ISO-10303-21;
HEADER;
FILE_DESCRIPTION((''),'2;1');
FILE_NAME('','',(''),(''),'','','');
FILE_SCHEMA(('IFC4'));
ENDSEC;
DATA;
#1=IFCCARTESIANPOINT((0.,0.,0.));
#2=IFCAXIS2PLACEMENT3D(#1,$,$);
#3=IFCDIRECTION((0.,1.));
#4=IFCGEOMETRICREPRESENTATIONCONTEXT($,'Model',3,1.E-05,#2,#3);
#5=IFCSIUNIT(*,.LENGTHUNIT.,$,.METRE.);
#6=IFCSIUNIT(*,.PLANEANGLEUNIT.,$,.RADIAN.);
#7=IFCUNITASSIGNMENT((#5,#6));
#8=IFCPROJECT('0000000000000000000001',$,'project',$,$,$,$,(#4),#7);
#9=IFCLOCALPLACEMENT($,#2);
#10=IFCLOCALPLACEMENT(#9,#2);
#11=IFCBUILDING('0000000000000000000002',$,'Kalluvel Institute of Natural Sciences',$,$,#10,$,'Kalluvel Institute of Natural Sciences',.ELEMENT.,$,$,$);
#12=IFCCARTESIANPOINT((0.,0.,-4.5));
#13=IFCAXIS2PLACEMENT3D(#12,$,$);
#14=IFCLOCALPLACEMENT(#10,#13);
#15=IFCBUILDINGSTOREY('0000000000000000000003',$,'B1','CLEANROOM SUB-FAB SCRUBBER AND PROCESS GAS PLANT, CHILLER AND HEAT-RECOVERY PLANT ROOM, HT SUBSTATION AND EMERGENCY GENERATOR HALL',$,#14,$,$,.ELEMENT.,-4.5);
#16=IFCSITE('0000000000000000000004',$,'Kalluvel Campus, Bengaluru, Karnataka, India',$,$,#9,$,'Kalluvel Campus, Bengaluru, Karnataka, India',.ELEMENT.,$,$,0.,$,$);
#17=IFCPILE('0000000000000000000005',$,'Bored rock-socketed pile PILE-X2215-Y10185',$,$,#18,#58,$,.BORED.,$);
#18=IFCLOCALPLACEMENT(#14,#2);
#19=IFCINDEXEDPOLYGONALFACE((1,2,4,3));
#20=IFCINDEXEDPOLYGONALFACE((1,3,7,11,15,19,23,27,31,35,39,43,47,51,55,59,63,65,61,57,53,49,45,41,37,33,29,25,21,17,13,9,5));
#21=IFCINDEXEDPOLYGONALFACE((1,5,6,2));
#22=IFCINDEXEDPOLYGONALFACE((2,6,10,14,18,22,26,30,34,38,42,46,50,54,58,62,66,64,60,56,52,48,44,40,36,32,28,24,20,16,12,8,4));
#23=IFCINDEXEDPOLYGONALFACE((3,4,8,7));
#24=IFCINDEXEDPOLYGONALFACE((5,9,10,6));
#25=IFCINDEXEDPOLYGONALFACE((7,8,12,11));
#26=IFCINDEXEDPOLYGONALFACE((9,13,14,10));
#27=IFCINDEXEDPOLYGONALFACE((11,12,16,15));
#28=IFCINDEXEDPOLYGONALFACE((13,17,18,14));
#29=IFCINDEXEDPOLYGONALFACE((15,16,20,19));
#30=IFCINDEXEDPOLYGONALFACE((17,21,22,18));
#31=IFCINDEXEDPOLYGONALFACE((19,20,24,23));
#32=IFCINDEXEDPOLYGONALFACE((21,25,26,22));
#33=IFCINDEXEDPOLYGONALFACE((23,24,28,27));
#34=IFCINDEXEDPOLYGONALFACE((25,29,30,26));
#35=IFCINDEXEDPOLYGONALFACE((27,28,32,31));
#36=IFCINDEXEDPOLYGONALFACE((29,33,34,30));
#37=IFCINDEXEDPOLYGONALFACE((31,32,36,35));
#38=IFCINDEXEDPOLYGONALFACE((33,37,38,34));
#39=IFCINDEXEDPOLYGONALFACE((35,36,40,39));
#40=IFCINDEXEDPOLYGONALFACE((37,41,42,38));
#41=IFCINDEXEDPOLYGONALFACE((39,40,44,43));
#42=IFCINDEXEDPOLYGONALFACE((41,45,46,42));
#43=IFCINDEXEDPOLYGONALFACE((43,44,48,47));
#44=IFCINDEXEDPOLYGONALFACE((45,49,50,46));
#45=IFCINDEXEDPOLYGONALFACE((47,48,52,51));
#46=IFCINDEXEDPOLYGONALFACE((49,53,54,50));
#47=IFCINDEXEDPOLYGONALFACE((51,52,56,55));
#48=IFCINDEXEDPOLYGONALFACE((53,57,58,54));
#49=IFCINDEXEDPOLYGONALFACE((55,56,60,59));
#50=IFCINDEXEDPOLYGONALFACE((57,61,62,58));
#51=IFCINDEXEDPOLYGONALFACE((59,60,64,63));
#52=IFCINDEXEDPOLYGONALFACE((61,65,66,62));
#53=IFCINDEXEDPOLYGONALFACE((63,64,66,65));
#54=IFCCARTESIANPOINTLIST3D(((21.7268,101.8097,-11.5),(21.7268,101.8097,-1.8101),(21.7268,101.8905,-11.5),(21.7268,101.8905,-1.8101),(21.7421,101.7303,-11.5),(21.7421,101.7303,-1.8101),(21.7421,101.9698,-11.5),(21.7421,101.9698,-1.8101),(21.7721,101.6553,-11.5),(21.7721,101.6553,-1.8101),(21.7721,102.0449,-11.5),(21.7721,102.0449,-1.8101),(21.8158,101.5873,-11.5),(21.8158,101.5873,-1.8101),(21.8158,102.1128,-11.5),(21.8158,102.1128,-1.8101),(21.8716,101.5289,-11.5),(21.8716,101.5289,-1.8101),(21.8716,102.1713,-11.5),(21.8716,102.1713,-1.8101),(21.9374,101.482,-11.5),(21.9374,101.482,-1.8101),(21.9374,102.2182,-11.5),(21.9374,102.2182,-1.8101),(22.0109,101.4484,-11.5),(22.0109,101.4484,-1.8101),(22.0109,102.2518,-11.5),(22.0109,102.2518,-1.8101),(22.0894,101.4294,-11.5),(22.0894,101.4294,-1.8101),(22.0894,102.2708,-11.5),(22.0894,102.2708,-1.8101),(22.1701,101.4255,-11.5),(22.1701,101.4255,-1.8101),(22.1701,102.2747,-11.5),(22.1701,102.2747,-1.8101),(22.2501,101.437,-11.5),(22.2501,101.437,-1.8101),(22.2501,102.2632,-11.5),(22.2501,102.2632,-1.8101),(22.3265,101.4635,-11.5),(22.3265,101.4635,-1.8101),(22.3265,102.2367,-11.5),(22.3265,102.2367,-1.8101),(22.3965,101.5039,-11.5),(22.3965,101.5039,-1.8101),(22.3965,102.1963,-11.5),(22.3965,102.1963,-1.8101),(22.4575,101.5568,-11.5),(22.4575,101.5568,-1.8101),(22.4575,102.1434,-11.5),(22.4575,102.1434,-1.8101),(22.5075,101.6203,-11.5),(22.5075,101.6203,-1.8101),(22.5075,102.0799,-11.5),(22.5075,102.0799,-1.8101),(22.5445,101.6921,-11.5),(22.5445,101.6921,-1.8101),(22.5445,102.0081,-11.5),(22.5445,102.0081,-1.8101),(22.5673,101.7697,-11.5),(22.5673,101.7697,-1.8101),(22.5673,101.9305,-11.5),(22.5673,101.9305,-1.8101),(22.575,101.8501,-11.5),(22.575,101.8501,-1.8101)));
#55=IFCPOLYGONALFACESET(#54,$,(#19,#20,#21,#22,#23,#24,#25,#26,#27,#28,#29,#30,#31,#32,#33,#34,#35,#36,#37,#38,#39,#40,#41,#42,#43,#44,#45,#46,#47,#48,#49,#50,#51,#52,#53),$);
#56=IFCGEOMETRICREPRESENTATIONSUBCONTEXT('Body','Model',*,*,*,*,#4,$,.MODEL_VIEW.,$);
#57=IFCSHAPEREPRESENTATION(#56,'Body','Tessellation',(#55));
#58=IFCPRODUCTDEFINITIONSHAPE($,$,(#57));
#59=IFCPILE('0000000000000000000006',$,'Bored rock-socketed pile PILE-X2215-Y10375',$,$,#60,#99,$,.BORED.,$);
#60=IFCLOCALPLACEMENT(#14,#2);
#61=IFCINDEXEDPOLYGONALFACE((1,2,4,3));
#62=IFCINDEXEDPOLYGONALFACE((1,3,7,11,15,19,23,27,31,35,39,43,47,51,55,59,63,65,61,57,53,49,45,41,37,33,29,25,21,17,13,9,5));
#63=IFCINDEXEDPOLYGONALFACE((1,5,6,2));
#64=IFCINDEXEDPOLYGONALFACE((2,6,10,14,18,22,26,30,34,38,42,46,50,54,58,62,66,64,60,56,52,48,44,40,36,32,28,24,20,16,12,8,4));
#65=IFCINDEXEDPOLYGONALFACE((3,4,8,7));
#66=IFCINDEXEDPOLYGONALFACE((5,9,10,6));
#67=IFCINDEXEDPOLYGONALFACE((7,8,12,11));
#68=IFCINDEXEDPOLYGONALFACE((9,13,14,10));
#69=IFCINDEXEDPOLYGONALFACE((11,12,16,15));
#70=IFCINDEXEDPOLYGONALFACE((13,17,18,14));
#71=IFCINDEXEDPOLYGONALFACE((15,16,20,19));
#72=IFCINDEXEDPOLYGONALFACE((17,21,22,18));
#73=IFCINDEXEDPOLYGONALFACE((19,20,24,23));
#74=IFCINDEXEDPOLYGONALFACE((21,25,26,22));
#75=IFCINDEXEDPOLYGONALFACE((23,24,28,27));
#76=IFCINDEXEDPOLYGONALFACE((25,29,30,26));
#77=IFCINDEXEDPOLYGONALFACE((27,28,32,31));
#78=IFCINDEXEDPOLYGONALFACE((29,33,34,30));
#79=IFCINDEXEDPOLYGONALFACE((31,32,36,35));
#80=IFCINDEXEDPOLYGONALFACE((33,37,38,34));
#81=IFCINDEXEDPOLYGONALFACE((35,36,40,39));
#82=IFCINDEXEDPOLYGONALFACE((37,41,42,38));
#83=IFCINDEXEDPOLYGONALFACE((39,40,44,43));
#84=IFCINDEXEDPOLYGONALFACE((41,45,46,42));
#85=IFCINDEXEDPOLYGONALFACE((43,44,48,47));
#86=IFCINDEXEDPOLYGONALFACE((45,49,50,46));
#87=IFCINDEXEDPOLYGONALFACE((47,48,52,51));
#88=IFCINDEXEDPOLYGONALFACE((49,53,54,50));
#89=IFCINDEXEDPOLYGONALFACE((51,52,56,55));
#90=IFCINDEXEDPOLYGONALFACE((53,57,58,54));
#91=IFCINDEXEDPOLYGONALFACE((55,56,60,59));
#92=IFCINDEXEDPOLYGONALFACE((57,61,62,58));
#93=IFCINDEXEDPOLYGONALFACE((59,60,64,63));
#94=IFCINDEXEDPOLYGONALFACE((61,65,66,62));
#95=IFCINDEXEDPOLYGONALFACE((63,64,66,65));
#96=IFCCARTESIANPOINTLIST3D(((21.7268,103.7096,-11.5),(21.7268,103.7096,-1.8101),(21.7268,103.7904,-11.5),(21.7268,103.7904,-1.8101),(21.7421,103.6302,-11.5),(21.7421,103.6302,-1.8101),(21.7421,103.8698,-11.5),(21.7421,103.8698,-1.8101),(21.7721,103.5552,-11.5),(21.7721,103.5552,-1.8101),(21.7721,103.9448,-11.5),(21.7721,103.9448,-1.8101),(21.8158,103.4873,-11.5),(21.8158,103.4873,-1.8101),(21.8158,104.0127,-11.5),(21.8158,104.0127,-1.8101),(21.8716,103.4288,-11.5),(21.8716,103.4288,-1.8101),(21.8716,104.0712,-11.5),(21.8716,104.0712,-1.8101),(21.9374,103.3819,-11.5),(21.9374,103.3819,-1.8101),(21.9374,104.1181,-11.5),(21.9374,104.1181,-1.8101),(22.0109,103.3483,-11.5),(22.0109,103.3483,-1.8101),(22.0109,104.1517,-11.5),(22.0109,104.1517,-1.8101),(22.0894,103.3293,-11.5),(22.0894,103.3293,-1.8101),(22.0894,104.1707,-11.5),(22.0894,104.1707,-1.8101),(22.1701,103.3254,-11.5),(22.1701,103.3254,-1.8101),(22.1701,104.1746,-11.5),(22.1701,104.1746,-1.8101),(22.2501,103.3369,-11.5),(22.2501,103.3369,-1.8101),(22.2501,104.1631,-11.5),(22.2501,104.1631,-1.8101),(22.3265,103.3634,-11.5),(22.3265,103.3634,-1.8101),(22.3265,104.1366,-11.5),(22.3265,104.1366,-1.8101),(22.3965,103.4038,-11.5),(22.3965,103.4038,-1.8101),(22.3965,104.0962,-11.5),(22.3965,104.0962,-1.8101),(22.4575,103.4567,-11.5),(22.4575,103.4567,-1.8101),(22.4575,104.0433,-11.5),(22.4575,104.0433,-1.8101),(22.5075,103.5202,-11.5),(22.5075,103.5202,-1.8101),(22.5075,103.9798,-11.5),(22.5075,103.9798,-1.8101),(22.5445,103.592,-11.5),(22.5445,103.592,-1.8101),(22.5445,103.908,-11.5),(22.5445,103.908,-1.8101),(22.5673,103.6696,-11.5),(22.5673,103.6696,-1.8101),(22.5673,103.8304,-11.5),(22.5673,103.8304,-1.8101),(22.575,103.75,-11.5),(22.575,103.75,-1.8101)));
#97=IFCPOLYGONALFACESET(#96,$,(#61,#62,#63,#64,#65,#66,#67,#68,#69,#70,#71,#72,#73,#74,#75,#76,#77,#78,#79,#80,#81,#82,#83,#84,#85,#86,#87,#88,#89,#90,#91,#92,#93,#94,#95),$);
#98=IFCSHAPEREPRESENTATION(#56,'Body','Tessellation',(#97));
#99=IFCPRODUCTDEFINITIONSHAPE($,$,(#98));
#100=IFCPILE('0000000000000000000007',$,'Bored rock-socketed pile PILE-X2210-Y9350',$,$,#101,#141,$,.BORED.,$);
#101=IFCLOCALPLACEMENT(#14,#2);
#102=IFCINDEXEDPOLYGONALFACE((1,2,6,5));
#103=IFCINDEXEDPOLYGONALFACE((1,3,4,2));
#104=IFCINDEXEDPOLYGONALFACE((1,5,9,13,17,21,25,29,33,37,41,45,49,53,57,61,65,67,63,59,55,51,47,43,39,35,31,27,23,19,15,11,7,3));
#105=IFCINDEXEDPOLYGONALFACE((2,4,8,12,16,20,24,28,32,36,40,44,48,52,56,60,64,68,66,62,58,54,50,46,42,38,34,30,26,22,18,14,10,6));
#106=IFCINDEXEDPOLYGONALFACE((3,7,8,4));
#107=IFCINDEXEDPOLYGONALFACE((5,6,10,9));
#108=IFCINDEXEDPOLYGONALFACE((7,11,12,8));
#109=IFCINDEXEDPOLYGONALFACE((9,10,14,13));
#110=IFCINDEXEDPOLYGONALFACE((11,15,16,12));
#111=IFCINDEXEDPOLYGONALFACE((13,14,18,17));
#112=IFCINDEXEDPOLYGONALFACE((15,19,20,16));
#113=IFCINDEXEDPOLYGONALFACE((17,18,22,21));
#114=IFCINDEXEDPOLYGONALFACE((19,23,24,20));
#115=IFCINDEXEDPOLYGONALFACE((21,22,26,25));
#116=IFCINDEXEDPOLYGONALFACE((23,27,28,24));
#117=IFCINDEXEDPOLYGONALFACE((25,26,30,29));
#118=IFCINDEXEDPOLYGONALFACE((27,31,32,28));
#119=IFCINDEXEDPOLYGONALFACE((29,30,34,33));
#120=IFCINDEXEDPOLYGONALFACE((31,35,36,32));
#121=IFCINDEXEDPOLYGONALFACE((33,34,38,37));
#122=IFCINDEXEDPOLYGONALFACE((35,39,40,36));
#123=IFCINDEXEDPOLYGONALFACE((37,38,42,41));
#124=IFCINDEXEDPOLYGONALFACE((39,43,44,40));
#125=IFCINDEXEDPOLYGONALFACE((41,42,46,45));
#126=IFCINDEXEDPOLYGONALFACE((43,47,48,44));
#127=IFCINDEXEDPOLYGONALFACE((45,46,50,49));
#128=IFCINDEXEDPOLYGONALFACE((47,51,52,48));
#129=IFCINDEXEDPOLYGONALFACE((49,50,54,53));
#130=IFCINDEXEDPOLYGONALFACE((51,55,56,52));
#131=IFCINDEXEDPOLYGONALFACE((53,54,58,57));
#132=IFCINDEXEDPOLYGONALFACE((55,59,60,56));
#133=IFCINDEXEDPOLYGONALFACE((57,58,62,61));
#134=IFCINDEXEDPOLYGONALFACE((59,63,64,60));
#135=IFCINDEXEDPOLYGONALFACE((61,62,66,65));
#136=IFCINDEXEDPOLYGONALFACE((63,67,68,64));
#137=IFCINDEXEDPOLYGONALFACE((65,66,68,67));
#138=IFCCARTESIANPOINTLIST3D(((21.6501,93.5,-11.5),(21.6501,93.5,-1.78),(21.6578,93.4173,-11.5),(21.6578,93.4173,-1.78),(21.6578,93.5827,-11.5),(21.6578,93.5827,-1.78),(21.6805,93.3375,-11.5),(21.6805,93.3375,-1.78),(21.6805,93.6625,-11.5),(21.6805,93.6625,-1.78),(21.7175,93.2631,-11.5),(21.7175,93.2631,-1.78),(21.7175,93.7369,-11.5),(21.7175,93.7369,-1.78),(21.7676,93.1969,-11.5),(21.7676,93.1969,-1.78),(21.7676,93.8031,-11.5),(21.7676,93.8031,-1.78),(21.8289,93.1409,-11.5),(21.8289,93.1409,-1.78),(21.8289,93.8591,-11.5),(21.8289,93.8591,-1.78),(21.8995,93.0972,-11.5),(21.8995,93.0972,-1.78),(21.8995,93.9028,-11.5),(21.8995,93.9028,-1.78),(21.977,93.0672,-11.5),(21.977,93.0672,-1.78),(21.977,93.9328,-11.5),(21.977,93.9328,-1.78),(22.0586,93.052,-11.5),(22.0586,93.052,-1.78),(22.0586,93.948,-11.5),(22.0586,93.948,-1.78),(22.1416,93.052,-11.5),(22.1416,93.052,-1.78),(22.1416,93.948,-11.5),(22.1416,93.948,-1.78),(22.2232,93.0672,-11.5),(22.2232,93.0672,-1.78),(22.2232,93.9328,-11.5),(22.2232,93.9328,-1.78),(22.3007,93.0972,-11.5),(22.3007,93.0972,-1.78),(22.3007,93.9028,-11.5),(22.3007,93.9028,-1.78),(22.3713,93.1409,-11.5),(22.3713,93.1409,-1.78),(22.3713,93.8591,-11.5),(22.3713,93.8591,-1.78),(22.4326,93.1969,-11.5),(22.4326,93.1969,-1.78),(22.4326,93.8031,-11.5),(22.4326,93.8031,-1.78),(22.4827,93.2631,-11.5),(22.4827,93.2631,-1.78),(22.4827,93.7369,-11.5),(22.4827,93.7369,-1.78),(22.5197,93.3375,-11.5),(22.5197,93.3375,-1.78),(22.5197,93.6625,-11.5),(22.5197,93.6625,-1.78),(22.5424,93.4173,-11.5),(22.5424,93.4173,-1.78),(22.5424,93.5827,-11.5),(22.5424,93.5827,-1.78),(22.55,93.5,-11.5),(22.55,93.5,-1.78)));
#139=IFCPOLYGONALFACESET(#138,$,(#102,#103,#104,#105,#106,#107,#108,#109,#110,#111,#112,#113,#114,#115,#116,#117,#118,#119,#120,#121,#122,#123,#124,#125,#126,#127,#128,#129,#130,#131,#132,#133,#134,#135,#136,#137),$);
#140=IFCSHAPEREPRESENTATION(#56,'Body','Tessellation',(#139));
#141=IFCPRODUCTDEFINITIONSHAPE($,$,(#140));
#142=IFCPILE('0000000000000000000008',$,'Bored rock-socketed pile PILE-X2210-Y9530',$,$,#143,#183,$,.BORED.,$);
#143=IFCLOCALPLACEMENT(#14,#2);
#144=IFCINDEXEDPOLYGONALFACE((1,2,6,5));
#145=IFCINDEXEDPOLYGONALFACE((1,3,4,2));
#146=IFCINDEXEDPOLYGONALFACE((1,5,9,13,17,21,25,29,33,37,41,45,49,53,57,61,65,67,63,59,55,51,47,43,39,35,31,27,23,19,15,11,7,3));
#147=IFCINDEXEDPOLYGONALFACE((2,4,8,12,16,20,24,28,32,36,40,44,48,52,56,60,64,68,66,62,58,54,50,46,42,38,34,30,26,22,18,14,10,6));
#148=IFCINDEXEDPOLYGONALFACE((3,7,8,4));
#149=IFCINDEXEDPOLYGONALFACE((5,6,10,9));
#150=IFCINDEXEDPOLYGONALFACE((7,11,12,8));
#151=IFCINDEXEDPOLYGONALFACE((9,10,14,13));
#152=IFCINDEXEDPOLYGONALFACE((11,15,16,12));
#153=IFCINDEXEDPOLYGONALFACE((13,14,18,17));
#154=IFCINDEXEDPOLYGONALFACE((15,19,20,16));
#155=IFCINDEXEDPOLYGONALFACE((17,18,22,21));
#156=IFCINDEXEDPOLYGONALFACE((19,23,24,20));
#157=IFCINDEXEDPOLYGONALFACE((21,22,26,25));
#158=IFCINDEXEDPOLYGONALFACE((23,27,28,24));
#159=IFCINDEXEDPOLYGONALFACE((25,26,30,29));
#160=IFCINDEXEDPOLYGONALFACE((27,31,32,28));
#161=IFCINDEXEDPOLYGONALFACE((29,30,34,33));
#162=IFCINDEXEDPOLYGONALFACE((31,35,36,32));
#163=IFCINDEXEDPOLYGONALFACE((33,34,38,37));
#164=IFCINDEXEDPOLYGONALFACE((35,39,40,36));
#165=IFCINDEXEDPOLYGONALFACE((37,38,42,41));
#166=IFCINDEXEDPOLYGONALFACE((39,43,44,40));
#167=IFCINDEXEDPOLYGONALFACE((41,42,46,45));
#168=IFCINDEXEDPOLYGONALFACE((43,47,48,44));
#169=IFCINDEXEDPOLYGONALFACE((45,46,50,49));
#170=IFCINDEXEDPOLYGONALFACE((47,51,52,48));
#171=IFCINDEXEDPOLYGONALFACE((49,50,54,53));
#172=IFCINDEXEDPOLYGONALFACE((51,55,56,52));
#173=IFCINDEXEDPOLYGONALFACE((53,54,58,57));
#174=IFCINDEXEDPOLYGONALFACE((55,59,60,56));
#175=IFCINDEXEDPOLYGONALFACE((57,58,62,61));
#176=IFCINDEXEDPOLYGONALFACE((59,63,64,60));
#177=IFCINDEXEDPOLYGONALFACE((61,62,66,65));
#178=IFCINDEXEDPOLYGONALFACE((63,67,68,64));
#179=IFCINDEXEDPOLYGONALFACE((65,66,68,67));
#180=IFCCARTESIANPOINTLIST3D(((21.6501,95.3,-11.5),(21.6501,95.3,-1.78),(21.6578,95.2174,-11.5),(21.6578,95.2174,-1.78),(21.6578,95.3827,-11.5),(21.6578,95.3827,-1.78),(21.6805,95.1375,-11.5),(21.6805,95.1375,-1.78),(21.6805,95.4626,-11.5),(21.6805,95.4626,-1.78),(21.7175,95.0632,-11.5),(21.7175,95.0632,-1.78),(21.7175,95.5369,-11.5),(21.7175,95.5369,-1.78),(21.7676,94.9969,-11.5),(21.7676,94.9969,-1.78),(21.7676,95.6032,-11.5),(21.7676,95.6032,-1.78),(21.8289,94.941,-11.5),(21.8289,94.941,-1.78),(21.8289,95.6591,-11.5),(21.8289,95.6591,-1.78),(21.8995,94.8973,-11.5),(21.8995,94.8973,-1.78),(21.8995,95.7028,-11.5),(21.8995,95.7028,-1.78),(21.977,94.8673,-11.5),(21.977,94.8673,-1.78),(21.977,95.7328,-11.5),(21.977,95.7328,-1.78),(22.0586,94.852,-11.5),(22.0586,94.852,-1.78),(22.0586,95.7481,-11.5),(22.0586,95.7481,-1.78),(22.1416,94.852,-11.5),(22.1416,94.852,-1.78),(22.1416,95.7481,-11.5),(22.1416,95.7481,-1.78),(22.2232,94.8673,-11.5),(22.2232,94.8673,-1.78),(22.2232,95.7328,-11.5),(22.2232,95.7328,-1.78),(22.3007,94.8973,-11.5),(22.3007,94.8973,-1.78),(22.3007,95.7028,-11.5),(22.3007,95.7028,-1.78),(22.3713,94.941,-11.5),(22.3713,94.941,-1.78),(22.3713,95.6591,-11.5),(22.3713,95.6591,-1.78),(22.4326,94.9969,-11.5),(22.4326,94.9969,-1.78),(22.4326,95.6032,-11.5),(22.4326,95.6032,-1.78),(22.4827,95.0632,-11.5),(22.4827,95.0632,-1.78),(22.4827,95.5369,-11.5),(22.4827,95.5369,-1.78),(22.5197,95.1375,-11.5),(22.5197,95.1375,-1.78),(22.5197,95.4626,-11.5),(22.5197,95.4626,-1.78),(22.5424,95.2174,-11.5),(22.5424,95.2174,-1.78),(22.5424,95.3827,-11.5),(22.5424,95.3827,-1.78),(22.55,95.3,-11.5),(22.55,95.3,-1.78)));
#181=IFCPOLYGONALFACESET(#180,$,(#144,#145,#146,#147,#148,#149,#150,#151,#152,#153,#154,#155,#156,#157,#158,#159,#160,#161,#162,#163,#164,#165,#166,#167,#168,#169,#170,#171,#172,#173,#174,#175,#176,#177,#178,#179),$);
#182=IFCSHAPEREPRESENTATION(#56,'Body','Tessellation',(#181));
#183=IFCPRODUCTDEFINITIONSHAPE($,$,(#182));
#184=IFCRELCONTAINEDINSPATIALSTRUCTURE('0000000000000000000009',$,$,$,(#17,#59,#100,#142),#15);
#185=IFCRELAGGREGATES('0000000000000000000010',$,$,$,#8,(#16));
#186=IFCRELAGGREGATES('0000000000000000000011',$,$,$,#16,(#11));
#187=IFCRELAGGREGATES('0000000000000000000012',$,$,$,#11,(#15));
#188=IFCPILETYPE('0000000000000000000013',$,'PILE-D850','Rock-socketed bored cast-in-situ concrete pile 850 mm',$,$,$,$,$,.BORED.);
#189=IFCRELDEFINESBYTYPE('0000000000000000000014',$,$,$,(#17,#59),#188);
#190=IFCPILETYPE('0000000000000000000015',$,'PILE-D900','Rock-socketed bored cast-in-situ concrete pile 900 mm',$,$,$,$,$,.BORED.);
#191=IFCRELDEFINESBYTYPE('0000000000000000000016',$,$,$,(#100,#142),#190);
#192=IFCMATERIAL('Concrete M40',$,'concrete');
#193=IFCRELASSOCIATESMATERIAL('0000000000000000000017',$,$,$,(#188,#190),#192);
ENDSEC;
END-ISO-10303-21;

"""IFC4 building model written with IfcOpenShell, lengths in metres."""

from ifc_helpers import new_model, si_unit, direction, frame, origin, origin_2d, place, context, subcontext, project, spatial, circle, extrude, material, material_profile, profile_set, type_object, element, save


model = new_model("IFC4")

# Units and contexts
model_context = context("Model", 3, precision=1e-05, world=origin(), true_north=direction((0.0, 1.0)))
body_context = subcontext(model_context, "Body", "Model", "MODEL_VIEW")
ifc_project = project(units=[si_unit("LENGTHUNIT", "METRE"), si_unit("PLANEANGLEUNIT", "RADIAN")], contexts=[model_context])

# Site, building, storey
site_placement = place(None, origin())
site = spatial("IfcSite", under=ifc_project, at=site_placement, Name="Kalluvel Campus, Bengaluru, Karnataka, India", LongName="Kalluvel Campus, Bengaluru, Karnataka, India", CompositionType="ELEMENT", RefElevation=0.0)
building_placement = place(site_placement, origin())
building = spatial("IfcBuilding", under=site, at=building_placement, Name="Kalluvel Institute of Natural Sciences", LongName="Kalluvel Institute of Natural Sciences", CompositionType="ELEMENT")
storey_placement = place(building_placement, frame((0.0, 0.0, -4.5)))
storey = spatial("IfcBuildingStorey", under=building, at=storey_placement, Name="B1", Description="CLEANROOM SUB-FAB SCRUBBER AND PROCESS GAS PLANT, CHILLER AND HEAT-RECOVERY PLANT ROOM, HT SUBSTATION AND EMERGENCY GENERATOR HALL", CompositionType="ELEMENT", Elevation=-4.5)

# Shared definitions
ifc_material_1 = material(Name="Concrete M40", Category="concrete")

# Piles
ifc_material_profile_1 = material_profile(ifc_material_1, circle(Radius=0.425, at=origin_2d()), Name="PILE D850")
ifc_profile_set_1 = profile_set([ifc_material_profile_1], Name="Concrete M40")
pile_type_1 = type_object("IfcPileType", Name="PILE-D850", Description="Rock-socketed bored cast-in-situ concrete pile 850 mm", PredefinedType="BORED", material=ifc_profile_set_1)
for number, where, z_axis, x_axis, name in (
    (1, (22.1499, 101.8501, -1.8101), (0.0, 0.0, -1.0), (1.0, 0.0, 0.0), "Bored rock-socketed pile PILE-X2215-Y10185"),
    (2, (22.1499, 103.75, -1.8101), (0.0, 0.0, -1.0), (1.0, 0.0, 0.0), "Bored rock-socketed pile PILE-X2215-Y10375"),
):
    element("IfcPile", number, at=place(storey_placement, frame(where, z_axis=z_axis, x_axis=x_axis)), inside=storey, type_object=pile_type_1, Name=name, PredefinedType="BORED", context=body_context, shape_type="SweptSolid", body=[
        extrude(circle(Radius=0.425, at=origin_2d()), origin(), (0.0, 0.0, 1.0), 9.6899),
    ])
ifc_material_profile_2 = material_profile(ifc_material_1, circle(Radius=0.45, at=origin_2d()), Name="PILE D900")
ifc_profile_set_2 = profile_set([ifc_material_profile_2], Name="Concrete M40")
pile_type_2 = type_object("IfcPileType", Name="PILE-D900", Description="Rock-socketed bored cast-in-situ concrete pile 900 mm", PredefinedType="BORED", material=ifc_profile_set_2)
for number, where, z_axis, x_axis, name in (
    (3, (22.1001, 93.5, -1.78), (0.0, 0.0, -1.0), (1.0, 0.0, 0.0), "Bored rock-socketed pile PILE-X2210-Y9350"),
    (4, (22.1001, 95.3, -1.78), (0.0, 0.0, -1.0), (1.0, 0.0, 0.0), "Bored rock-socketed pile PILE-X2210-Y9530"),
):
    element("IfcPile", number, at=place(storey_placement, frame(where, z_axis=z_axis, x_axis=x_axis)), inside=storey, type_object=pile_type_2, Name=name, PredefinedType="BORED", context=body_context, shape_type="SweptSolid", body=[
        extrude(circle(Radius=0.45, at=origin_2d()), origin(), (0.0, 0.0, 1.0), 9.72),
    ])

save(model, "model.ifc")
